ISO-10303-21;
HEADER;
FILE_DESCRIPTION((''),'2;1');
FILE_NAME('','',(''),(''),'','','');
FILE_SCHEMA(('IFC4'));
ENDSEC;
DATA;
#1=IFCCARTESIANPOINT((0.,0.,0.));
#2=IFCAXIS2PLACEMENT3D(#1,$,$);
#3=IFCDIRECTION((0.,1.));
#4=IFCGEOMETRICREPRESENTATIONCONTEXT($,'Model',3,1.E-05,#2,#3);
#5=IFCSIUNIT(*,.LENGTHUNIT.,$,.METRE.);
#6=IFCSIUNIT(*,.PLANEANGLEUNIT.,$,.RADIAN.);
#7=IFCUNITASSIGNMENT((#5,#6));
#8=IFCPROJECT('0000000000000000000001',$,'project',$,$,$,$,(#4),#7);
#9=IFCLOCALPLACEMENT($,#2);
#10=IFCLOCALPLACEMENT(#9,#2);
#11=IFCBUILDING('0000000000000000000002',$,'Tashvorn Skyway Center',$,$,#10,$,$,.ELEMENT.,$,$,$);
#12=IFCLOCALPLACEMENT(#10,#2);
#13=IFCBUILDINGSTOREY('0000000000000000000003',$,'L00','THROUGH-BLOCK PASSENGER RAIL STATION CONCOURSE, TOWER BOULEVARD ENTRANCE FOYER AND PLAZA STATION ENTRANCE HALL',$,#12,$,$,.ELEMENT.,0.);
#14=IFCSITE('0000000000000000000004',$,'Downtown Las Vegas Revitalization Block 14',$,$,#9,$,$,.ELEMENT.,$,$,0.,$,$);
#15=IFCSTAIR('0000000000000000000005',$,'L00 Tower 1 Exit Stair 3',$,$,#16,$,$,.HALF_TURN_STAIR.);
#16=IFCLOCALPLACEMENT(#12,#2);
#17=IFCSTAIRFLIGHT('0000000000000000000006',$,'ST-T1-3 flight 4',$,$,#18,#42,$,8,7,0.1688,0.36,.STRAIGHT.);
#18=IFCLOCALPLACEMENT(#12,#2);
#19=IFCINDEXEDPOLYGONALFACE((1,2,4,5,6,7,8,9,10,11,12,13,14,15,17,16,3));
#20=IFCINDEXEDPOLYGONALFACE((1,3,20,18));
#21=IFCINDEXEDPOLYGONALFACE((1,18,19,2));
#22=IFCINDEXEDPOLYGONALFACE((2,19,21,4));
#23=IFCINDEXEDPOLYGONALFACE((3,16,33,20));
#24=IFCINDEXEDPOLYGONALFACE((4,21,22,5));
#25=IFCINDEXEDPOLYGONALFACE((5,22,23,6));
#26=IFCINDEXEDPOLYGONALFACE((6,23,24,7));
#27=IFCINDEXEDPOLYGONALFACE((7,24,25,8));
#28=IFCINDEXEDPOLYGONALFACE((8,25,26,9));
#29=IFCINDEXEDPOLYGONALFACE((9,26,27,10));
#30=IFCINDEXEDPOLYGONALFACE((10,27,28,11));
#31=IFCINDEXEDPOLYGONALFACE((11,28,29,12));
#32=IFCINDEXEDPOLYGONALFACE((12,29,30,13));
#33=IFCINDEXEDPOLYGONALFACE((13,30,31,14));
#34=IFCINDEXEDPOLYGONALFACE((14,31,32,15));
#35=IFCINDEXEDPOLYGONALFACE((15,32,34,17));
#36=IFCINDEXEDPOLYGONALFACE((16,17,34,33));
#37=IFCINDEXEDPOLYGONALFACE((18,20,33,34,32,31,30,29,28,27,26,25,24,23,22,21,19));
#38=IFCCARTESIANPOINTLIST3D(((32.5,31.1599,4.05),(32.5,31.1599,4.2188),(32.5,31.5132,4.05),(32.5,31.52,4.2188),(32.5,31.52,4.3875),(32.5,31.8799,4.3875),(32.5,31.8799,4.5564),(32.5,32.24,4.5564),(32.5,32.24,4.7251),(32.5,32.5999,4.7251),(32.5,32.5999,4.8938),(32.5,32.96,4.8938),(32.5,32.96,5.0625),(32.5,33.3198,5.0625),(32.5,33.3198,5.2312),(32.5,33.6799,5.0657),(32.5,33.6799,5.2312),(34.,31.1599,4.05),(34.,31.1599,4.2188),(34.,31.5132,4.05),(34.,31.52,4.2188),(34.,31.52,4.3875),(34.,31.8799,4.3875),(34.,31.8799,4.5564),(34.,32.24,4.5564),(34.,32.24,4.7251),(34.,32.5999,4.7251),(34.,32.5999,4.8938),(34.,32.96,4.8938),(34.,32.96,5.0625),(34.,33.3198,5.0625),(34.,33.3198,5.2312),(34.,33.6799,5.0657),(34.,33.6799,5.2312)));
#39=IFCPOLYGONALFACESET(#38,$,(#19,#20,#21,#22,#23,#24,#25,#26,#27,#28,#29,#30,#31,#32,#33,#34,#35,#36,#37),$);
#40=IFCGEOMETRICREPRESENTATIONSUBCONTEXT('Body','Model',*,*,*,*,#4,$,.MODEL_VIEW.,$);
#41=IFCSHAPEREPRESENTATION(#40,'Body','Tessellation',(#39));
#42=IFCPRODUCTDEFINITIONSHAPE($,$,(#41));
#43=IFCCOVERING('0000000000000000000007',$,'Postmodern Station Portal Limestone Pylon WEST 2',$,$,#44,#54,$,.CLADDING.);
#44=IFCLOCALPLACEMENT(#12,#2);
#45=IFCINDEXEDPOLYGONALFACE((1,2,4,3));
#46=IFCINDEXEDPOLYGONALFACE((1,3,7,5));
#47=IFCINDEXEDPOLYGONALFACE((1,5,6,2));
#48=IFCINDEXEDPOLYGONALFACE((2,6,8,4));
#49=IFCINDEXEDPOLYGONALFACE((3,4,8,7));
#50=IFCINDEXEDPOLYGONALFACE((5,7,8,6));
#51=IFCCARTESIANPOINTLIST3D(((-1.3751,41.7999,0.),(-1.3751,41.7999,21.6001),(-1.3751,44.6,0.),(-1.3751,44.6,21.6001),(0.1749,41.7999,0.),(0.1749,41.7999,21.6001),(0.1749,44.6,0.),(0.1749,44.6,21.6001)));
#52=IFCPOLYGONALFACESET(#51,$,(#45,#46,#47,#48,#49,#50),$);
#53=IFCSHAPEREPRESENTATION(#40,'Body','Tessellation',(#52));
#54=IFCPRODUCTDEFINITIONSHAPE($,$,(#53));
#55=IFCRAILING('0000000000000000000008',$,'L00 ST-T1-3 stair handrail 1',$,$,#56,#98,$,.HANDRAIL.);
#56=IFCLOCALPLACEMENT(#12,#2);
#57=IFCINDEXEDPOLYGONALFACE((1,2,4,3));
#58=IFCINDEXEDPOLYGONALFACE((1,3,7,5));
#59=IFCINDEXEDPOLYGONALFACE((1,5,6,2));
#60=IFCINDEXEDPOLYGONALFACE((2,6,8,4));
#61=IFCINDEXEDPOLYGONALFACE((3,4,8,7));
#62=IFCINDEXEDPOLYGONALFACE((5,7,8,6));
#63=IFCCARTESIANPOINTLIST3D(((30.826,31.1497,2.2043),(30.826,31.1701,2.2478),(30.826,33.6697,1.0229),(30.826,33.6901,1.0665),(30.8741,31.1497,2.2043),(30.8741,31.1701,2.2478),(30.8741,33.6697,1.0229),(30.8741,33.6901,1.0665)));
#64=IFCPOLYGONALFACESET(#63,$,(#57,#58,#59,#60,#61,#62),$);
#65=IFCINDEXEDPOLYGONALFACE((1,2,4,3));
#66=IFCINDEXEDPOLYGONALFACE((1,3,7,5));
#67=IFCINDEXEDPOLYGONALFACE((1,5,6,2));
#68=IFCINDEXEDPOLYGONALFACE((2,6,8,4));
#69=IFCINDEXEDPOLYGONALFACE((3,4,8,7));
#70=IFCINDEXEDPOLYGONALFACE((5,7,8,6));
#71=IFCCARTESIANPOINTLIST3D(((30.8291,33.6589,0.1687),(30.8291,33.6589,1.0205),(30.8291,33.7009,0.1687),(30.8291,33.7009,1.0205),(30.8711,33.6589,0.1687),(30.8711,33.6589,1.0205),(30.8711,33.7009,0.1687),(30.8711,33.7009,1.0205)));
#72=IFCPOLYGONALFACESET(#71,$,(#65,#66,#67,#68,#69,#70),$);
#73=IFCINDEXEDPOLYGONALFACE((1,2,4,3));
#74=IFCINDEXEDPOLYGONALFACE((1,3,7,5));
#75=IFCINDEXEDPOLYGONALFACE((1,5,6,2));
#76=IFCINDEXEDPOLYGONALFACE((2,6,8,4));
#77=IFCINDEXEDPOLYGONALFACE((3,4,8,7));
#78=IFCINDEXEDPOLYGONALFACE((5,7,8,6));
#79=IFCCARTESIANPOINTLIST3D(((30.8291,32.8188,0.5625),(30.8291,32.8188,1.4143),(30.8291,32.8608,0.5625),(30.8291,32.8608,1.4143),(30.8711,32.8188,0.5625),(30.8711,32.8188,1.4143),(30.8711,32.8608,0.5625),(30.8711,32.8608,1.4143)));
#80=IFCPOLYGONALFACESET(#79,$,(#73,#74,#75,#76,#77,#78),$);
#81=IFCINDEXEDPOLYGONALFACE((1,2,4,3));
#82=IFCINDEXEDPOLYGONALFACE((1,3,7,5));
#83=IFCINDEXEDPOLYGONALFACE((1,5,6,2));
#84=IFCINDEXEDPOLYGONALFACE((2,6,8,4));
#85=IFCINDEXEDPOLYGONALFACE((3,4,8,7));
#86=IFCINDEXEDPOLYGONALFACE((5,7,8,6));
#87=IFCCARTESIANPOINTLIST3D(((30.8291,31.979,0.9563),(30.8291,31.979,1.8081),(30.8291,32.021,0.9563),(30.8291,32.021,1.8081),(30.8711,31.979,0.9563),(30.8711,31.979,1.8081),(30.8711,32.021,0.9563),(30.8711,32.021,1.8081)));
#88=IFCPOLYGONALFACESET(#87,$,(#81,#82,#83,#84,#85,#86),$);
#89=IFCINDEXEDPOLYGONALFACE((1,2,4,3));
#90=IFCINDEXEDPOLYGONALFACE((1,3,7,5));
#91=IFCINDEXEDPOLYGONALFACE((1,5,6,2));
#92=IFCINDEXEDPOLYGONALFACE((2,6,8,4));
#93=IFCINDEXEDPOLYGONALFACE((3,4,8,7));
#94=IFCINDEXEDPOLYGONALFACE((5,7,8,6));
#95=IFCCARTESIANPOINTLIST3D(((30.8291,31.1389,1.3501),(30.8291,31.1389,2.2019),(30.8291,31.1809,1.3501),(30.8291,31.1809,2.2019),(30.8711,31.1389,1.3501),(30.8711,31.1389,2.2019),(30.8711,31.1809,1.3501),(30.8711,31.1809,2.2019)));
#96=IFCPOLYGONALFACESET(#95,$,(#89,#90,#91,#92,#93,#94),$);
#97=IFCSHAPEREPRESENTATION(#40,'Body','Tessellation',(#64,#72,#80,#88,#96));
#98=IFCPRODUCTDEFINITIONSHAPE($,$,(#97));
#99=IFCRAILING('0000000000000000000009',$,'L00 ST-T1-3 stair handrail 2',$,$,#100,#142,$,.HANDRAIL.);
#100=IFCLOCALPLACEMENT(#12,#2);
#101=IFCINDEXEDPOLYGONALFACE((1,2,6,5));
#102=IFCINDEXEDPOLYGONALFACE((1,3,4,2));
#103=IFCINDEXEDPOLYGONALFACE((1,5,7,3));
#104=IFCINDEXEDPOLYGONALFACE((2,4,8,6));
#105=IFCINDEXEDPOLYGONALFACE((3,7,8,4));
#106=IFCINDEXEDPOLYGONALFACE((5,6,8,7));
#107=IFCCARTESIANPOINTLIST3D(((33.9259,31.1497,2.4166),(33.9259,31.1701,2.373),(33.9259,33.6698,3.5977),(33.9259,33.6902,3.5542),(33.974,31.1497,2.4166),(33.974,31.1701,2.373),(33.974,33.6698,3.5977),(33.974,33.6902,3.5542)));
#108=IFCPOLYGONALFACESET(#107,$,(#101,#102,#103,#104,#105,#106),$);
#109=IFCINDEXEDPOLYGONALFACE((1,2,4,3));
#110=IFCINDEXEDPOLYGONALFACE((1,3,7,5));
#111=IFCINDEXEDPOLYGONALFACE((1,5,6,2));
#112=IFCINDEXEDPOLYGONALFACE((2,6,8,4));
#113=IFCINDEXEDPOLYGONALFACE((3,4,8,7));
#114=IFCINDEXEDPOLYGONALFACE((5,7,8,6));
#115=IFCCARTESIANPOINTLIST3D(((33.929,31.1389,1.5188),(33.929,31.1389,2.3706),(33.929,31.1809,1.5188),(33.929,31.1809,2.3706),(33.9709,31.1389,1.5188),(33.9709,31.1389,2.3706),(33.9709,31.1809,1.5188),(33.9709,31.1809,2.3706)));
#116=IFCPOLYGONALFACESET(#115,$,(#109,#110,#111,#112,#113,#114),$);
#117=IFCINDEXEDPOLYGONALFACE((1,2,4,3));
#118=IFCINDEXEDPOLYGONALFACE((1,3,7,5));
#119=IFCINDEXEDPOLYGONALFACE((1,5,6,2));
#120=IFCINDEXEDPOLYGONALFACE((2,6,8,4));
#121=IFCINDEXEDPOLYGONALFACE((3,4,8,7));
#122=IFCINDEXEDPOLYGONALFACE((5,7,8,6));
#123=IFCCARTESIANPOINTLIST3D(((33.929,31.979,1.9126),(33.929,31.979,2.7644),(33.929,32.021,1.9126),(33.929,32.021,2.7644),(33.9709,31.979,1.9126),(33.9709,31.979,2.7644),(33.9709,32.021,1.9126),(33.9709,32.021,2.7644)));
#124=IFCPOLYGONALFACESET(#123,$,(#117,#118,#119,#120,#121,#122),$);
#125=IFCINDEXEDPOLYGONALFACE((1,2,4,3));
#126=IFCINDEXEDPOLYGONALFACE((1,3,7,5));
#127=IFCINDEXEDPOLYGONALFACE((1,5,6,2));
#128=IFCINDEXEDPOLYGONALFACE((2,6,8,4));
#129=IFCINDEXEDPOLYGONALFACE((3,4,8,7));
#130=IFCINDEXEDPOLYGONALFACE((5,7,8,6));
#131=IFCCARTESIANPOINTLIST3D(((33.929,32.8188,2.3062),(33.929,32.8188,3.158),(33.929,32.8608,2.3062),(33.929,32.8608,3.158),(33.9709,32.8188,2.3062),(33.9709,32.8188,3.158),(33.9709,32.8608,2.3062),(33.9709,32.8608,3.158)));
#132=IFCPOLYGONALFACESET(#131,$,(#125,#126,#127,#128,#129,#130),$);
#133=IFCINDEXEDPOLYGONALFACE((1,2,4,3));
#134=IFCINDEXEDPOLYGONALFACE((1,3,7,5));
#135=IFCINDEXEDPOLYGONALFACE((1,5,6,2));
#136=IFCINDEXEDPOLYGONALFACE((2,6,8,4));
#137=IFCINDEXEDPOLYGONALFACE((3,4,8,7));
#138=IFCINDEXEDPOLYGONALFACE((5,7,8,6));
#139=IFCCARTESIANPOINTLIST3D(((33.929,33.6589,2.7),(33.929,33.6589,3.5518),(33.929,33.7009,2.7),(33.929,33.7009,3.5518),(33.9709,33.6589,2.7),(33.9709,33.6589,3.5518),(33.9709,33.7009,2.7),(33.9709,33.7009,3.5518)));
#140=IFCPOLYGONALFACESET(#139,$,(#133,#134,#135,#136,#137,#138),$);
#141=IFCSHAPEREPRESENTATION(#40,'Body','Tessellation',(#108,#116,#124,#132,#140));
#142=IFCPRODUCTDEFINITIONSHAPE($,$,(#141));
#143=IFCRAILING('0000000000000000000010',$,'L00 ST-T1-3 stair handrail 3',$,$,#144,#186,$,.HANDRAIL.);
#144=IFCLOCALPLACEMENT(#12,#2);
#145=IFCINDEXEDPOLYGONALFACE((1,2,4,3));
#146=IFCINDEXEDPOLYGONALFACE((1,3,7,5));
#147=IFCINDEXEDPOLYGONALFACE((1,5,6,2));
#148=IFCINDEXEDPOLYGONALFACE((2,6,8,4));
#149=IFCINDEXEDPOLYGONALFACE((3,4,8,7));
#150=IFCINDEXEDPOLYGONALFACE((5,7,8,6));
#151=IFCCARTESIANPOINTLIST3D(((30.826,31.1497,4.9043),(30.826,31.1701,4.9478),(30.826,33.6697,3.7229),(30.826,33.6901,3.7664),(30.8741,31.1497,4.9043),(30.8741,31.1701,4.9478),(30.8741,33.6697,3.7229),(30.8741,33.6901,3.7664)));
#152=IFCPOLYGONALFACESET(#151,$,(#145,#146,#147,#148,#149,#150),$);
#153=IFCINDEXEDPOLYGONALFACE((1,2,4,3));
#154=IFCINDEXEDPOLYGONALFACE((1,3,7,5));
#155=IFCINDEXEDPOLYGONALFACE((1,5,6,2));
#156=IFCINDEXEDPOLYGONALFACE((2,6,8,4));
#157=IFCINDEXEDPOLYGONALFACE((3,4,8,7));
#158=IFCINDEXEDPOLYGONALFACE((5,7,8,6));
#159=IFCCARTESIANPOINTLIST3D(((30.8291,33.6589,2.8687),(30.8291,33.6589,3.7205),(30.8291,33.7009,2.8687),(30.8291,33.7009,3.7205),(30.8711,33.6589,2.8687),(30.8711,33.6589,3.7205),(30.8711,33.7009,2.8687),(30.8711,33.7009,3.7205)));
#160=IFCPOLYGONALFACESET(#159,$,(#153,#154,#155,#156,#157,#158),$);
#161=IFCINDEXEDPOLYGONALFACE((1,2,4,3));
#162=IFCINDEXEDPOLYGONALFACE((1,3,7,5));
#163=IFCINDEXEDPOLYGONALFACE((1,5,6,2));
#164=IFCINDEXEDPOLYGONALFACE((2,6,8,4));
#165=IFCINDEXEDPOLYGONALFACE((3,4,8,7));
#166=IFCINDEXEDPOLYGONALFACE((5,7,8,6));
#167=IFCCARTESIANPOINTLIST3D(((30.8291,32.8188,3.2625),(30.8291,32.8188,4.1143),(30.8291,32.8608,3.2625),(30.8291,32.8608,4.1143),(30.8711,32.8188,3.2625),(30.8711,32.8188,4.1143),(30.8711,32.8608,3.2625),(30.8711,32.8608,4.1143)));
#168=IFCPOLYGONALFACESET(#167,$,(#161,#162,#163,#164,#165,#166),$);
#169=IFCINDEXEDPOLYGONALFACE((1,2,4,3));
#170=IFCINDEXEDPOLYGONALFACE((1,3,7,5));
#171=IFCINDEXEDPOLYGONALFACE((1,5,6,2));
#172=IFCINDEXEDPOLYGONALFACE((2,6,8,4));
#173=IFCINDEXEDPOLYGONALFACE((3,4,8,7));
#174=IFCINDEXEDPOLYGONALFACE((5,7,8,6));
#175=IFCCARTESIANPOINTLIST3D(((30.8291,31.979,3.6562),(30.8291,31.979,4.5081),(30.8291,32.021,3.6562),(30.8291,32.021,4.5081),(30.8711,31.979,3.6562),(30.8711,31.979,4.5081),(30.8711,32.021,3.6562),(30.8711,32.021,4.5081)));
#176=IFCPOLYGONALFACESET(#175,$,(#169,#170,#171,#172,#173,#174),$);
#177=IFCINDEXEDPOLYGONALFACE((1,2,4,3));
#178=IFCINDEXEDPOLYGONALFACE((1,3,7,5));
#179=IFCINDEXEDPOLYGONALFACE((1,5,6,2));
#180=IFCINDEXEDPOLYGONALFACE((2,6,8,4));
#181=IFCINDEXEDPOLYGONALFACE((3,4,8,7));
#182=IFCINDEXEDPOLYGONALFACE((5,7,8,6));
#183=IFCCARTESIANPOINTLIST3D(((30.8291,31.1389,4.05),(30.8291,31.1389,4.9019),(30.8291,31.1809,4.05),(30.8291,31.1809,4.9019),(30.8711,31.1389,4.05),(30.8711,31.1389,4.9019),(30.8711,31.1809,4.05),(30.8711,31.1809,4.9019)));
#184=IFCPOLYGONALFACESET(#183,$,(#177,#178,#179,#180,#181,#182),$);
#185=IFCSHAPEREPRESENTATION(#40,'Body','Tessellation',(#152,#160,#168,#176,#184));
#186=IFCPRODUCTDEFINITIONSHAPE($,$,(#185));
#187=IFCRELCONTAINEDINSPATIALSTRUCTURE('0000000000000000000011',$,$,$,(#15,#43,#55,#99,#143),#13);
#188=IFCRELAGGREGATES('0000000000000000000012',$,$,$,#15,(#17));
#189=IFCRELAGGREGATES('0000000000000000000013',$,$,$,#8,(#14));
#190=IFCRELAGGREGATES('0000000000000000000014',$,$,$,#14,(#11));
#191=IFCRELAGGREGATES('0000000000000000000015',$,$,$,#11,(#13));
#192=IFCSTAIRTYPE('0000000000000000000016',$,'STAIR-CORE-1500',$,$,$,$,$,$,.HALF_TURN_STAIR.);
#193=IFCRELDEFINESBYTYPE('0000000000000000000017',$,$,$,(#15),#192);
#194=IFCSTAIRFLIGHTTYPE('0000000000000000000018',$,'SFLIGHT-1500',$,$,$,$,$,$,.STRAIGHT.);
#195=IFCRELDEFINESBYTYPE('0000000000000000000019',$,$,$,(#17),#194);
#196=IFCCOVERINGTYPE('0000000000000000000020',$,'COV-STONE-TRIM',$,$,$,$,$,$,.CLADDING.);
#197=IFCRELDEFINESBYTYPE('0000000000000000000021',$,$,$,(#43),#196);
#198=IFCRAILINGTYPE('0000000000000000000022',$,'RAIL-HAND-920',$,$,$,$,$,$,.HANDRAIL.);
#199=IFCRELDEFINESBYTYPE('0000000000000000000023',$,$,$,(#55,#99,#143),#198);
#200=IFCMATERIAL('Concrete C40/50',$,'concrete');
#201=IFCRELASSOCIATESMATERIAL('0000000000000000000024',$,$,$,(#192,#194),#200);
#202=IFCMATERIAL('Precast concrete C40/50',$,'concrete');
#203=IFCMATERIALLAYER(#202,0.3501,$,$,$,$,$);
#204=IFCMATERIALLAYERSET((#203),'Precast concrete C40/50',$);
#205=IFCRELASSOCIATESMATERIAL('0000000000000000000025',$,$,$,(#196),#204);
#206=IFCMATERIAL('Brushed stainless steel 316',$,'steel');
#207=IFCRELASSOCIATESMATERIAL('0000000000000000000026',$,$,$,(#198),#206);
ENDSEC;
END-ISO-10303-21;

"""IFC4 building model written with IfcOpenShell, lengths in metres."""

from ifc_helpers import new_model, si_unit, direction, frame, origin, origin_2d, place, context, subcontext, project, spatial, polyline, rectangle, outline, extrude, material, layer, layer_set, type_object, element, aggregate, save


model = new_model("IFC4")

# Units and contexts
model_context = context("Model", 3, precision=1e-05, world=origin(), true_north=direction((0.0, 1.0)))
body_context = subcontext(model_context, "Body", "Model", "MODEL_VIEW")
ifc_project = project(units=[si_unit("LENGTHUNIT", "METRE"), si_unit("PLANEANGLEUNIT", "RADIAN")], contexts=[model_context])

# Site, building, storey
site_placement = place(None, origin())
site = spatial("IfcSite", under=ifc_project, at=site_placement, Name="Downtown Las Vegas Revitalization Block 14", CompositionType="ELEMENT", RefElevation=0.0)
building_placement = place(site_placement, origin())
building = spatial("IfcBuilding", under=site, at=building_placement, Name="Tashvorn Skyway Center", CompositionType="ELEMENT")
storey_placement = place(building_placement, origin())
storey = spatial("IfcBuildingStorey", under=building, at=storey_placement, Name="L00", Description="THROUGH-BLOCK PASSENGER RAIL STATION CONCOURSE, TOWER BOULEVARD ENTRANCE FOYER AND PLAZA STATION ENTRANCE HALL", CompositionType="ELEMENT", Elevation=0.0)

# Shared definitions
ifc_material_1 = material(Name="Precast concrete C40/50", Category="concrete")

# Shared definitions
ifc_material_2 = material(Name="Concrete C40/50", Category="concrete")

# Stair, stair flight
stair_type = type_object("IfcStairType", Name="STAIR-CORE-1500", PredefinedType="HALF_TURN_STAIR", material=ifc_material_2)
stair_placement = place(storey_placement, origin())
stair = element("IfcStair", 1, at=stair_placement, inside=storey, type_object=stair_type, Name="L00 Tower 1 Exit Stair 3", PredefinedType="HALF_TURN_STAIR")
stair_flight_type = type_object("IfcStairFlightType", Name="SFLIGHT-1500", PredefinedType="STRAIGHT", material=ifc_material_2)
stair_flight_1_placement = place(storey_placement, frame((33.25, 31.1599, 4.05), z_axis=(0.0, 0.0, 1.0), x_axis=(0.0, 1.0, 0.0)))
stair_flight_1 = element("IfcStairFlight", 2, at=stair_flight_1_placement, type_object=stair_flight_type, Name="ST-T1-3 flight 4", NumberOfRisers=8, NumberOfTreads=7, PredefinedType="STRAIGHT", RiserHeight=0.1688, TreadLength=0.36, context=body_context, shape_type="SweptSolid", body=[
    extrude(outline(polyline([(0.0, 0.0), (0.0, 0.1687), (0.3601, 0.1687), (0.3601, 0.3374), (0.72, 0.3374), (0.72, 0.5063), (1.0801, 0.5063), (1.0801, 0.675), (1.4399, 0.675), (1.4399, 0.8438), (1.8, 0.8438), (1.8, 1.0125), (2.1599, 1.0125), (2.1599, 1.1812), (2.52, 1.1812), (2.52, 1.3501), (2.52, 1.0156), (0.3533, 0.0), (0.0, 0.0)])), frame((0.0, 0.75, 0.0), z_axis=(0.0, -1.0, 0.0), x_axis=(1.0, 0.0, 0.0)), (0.0, 0.0, 1.0), 1.5),
])
aggregate(stair, [stair_flight_1])

# Covering
ifc_layer_1 = layer(ifc_material_1, 0.3501)
ifc_layer_set_1 = layer_set([ifc_layer_1], Name="Precast concrete C40/50")
covering_type = type_object("IfcCoveringType", Name="COV-STONE-TRIM", PredefinedType="CLADDING", material=ifc_layer_set_1)
covering_placement = place(storey_placement, frame((-0.6001, 43.2, 0.0), z_axis=(0.0, 0.0, 1.0), x_axis=(1.0, 0.0, 0.0)))
element("IfcCovering", 3, at=covering_placement, inside=storey, type_object=covering_type, Name="Postmodern Station Portal Limestone Pylon WEST 2", PredefinedType="CLADDING", context=body_context, shape_type="SweptSolid", body=[
    extrude(rectangle(XDim=1.55, YDim=2.8, at=origin_2d()), origin(), (0.0, 0.0, 1.0), 21.6001),
])

# Railings
ifc_material_3 = material(Name="Brushed stainless steel 316", Category="steel")
railing_type_1 = type_object("IfcRailingType", Name="RAIL-HAND-920", PredefinedType="HANDRAIL", material=ifc_material_3)
railing_1_placement = place(storey_placement, frame((30.8501, 33.6799, 0.1687)))
element("IfcRailing", 4, at=railing_1_placement, inside=storey, type_object=railing_type_1, Name="L00 ST-T1-3 stair handrail 1", PredefinedType="HANDRAIL", context=body_context, shape_type="SweptSolid", body=[
    extrude(rectangle(XDim=0.0481, YDim=0.0481, at=origin_2d()), frame((0.0, 0.0, 0.876), z_axis=(0.0, -0.90544, 0.424474), x_axis=(1.0, 0.0, 0.0)), (0.0, 0.0, 1.0), 2.7832),
    extrude(rectangle(XDim=0.042, YDim=0.042, at=origin_2d()), origin(), (0.0, 0.0, 1.0), 0.8518),
    extrude(rectangle(XDim=0.042, YDim=0.042, at=origin_2d()), frame((0.0, -0.8401, 0.3938)), (0.0, 0.0, 1.0), 0.8518),
    extrude(rectangle(XDim=0.042, YDim=0.042, at=origin_2d()), frame((0.0, -1.6799, 0.7876)), (0.0, 0.0, 1.0), 0.8518),
    extrude(rectangle(XDim=0.042, YDim=0.042, at=origin_2d()), frame((0.0, -2.52, 1.1814)), (0.0, 0.0, 1.0), 0.8518),
])
railing_2_placement = place(storey_placement, frame((33.95, 31.1599, 1.5188)))
element("IfcRailing", 5, at=railing_2_placement, inside=storey, type_object=railing_type_1, Name="L00 ST-T1-3 stair handrail 2", PredefinedType="HANDRAIL", context=body_context, shape_type="SweptSolid", body=[
    extrude(rectangle(XDim=0.0481, YDim=0.0481, at=origin_2d()), frame((0.0, 0.0, 0.876), z_axis=(0.0, 0.905474, 0.424402), x_axis=(-1.0, 0.0, 0.0)), (0.0, 0.0, 1.0), 2.7832),
    extrude(rectangle(XDim=0.042, YDim=0.042, at=origin_2d()), origin(), (0.0, 0.0, 1.0), 0.8518),
    extrude(rectangle(XDim=0.042, YDim=0.042, at=origin_2d()), frame((0.0, 0.8401, 0.3938)), (0.0, 0.0, 1.0), 0.8518),
    extrude(rectangle(XDim=0.042, YDim=0.042, at=origin_2d()), frame((0.0, 1.6799, 0.7874)), (0.0, 0.0, 1.0), 0.8518),
    extrude(rectangle(XDim=0.042, YDim=0.042, at=origin_2d()), frame((0.0, 2.52, 1.1812)), (0.0, 0.0, 1.0), 0.8518),
])
railing_3_placement = place(storey_placement, frame((30.8501, 33.6799, 2.8687)))
element("IfcRailing", 6, at=railing_3_placement, inside=storey, type_object=railing_type_1, Name="L00 ST-T1-3 stair handrail 3", PredefinedType="HANDRAIL", context=body_context, shape_type="SweptSolid", body=[
    extrude(rectangle(XDim=0.0481, YDim=0.0481, at=origin_2d()), frame((0.0, 0.0, 0.876), z_axis=(0.0, -0.90544, 0.424474), x_axis=(1.0, 0.0, 0.0)), (0.0, 0.0, 1.0), 2.7832),
    extrude(rectangle(XDim=0.042, YDim=0.042, at=origin_2d()), origin(), (0.0, 0.0, 1.0), 0.8518),
    extrude(rectangle(XDim=0.042, YDim=0.042, at=origin_2d()), frame((0.0, -0.8401, 0.3938)), (0.0, 0.0, 1.0), 0.8518),
    extrude(rectangle(XDim=0.042, YDim=0.042, at=origin_2d()), frame((0.0, -1.6799, 0.7876)), (0.0, 0.0, 1.0), 0.8518),
    extrude(rectangle(XDim=0.042, YDim=0.042, at=origin_2d()), frame((0.0, -2.52, 1.1814)), (0.0, 0.0, 1.0), 0.8518),
])

save(model, "model.ifc")
